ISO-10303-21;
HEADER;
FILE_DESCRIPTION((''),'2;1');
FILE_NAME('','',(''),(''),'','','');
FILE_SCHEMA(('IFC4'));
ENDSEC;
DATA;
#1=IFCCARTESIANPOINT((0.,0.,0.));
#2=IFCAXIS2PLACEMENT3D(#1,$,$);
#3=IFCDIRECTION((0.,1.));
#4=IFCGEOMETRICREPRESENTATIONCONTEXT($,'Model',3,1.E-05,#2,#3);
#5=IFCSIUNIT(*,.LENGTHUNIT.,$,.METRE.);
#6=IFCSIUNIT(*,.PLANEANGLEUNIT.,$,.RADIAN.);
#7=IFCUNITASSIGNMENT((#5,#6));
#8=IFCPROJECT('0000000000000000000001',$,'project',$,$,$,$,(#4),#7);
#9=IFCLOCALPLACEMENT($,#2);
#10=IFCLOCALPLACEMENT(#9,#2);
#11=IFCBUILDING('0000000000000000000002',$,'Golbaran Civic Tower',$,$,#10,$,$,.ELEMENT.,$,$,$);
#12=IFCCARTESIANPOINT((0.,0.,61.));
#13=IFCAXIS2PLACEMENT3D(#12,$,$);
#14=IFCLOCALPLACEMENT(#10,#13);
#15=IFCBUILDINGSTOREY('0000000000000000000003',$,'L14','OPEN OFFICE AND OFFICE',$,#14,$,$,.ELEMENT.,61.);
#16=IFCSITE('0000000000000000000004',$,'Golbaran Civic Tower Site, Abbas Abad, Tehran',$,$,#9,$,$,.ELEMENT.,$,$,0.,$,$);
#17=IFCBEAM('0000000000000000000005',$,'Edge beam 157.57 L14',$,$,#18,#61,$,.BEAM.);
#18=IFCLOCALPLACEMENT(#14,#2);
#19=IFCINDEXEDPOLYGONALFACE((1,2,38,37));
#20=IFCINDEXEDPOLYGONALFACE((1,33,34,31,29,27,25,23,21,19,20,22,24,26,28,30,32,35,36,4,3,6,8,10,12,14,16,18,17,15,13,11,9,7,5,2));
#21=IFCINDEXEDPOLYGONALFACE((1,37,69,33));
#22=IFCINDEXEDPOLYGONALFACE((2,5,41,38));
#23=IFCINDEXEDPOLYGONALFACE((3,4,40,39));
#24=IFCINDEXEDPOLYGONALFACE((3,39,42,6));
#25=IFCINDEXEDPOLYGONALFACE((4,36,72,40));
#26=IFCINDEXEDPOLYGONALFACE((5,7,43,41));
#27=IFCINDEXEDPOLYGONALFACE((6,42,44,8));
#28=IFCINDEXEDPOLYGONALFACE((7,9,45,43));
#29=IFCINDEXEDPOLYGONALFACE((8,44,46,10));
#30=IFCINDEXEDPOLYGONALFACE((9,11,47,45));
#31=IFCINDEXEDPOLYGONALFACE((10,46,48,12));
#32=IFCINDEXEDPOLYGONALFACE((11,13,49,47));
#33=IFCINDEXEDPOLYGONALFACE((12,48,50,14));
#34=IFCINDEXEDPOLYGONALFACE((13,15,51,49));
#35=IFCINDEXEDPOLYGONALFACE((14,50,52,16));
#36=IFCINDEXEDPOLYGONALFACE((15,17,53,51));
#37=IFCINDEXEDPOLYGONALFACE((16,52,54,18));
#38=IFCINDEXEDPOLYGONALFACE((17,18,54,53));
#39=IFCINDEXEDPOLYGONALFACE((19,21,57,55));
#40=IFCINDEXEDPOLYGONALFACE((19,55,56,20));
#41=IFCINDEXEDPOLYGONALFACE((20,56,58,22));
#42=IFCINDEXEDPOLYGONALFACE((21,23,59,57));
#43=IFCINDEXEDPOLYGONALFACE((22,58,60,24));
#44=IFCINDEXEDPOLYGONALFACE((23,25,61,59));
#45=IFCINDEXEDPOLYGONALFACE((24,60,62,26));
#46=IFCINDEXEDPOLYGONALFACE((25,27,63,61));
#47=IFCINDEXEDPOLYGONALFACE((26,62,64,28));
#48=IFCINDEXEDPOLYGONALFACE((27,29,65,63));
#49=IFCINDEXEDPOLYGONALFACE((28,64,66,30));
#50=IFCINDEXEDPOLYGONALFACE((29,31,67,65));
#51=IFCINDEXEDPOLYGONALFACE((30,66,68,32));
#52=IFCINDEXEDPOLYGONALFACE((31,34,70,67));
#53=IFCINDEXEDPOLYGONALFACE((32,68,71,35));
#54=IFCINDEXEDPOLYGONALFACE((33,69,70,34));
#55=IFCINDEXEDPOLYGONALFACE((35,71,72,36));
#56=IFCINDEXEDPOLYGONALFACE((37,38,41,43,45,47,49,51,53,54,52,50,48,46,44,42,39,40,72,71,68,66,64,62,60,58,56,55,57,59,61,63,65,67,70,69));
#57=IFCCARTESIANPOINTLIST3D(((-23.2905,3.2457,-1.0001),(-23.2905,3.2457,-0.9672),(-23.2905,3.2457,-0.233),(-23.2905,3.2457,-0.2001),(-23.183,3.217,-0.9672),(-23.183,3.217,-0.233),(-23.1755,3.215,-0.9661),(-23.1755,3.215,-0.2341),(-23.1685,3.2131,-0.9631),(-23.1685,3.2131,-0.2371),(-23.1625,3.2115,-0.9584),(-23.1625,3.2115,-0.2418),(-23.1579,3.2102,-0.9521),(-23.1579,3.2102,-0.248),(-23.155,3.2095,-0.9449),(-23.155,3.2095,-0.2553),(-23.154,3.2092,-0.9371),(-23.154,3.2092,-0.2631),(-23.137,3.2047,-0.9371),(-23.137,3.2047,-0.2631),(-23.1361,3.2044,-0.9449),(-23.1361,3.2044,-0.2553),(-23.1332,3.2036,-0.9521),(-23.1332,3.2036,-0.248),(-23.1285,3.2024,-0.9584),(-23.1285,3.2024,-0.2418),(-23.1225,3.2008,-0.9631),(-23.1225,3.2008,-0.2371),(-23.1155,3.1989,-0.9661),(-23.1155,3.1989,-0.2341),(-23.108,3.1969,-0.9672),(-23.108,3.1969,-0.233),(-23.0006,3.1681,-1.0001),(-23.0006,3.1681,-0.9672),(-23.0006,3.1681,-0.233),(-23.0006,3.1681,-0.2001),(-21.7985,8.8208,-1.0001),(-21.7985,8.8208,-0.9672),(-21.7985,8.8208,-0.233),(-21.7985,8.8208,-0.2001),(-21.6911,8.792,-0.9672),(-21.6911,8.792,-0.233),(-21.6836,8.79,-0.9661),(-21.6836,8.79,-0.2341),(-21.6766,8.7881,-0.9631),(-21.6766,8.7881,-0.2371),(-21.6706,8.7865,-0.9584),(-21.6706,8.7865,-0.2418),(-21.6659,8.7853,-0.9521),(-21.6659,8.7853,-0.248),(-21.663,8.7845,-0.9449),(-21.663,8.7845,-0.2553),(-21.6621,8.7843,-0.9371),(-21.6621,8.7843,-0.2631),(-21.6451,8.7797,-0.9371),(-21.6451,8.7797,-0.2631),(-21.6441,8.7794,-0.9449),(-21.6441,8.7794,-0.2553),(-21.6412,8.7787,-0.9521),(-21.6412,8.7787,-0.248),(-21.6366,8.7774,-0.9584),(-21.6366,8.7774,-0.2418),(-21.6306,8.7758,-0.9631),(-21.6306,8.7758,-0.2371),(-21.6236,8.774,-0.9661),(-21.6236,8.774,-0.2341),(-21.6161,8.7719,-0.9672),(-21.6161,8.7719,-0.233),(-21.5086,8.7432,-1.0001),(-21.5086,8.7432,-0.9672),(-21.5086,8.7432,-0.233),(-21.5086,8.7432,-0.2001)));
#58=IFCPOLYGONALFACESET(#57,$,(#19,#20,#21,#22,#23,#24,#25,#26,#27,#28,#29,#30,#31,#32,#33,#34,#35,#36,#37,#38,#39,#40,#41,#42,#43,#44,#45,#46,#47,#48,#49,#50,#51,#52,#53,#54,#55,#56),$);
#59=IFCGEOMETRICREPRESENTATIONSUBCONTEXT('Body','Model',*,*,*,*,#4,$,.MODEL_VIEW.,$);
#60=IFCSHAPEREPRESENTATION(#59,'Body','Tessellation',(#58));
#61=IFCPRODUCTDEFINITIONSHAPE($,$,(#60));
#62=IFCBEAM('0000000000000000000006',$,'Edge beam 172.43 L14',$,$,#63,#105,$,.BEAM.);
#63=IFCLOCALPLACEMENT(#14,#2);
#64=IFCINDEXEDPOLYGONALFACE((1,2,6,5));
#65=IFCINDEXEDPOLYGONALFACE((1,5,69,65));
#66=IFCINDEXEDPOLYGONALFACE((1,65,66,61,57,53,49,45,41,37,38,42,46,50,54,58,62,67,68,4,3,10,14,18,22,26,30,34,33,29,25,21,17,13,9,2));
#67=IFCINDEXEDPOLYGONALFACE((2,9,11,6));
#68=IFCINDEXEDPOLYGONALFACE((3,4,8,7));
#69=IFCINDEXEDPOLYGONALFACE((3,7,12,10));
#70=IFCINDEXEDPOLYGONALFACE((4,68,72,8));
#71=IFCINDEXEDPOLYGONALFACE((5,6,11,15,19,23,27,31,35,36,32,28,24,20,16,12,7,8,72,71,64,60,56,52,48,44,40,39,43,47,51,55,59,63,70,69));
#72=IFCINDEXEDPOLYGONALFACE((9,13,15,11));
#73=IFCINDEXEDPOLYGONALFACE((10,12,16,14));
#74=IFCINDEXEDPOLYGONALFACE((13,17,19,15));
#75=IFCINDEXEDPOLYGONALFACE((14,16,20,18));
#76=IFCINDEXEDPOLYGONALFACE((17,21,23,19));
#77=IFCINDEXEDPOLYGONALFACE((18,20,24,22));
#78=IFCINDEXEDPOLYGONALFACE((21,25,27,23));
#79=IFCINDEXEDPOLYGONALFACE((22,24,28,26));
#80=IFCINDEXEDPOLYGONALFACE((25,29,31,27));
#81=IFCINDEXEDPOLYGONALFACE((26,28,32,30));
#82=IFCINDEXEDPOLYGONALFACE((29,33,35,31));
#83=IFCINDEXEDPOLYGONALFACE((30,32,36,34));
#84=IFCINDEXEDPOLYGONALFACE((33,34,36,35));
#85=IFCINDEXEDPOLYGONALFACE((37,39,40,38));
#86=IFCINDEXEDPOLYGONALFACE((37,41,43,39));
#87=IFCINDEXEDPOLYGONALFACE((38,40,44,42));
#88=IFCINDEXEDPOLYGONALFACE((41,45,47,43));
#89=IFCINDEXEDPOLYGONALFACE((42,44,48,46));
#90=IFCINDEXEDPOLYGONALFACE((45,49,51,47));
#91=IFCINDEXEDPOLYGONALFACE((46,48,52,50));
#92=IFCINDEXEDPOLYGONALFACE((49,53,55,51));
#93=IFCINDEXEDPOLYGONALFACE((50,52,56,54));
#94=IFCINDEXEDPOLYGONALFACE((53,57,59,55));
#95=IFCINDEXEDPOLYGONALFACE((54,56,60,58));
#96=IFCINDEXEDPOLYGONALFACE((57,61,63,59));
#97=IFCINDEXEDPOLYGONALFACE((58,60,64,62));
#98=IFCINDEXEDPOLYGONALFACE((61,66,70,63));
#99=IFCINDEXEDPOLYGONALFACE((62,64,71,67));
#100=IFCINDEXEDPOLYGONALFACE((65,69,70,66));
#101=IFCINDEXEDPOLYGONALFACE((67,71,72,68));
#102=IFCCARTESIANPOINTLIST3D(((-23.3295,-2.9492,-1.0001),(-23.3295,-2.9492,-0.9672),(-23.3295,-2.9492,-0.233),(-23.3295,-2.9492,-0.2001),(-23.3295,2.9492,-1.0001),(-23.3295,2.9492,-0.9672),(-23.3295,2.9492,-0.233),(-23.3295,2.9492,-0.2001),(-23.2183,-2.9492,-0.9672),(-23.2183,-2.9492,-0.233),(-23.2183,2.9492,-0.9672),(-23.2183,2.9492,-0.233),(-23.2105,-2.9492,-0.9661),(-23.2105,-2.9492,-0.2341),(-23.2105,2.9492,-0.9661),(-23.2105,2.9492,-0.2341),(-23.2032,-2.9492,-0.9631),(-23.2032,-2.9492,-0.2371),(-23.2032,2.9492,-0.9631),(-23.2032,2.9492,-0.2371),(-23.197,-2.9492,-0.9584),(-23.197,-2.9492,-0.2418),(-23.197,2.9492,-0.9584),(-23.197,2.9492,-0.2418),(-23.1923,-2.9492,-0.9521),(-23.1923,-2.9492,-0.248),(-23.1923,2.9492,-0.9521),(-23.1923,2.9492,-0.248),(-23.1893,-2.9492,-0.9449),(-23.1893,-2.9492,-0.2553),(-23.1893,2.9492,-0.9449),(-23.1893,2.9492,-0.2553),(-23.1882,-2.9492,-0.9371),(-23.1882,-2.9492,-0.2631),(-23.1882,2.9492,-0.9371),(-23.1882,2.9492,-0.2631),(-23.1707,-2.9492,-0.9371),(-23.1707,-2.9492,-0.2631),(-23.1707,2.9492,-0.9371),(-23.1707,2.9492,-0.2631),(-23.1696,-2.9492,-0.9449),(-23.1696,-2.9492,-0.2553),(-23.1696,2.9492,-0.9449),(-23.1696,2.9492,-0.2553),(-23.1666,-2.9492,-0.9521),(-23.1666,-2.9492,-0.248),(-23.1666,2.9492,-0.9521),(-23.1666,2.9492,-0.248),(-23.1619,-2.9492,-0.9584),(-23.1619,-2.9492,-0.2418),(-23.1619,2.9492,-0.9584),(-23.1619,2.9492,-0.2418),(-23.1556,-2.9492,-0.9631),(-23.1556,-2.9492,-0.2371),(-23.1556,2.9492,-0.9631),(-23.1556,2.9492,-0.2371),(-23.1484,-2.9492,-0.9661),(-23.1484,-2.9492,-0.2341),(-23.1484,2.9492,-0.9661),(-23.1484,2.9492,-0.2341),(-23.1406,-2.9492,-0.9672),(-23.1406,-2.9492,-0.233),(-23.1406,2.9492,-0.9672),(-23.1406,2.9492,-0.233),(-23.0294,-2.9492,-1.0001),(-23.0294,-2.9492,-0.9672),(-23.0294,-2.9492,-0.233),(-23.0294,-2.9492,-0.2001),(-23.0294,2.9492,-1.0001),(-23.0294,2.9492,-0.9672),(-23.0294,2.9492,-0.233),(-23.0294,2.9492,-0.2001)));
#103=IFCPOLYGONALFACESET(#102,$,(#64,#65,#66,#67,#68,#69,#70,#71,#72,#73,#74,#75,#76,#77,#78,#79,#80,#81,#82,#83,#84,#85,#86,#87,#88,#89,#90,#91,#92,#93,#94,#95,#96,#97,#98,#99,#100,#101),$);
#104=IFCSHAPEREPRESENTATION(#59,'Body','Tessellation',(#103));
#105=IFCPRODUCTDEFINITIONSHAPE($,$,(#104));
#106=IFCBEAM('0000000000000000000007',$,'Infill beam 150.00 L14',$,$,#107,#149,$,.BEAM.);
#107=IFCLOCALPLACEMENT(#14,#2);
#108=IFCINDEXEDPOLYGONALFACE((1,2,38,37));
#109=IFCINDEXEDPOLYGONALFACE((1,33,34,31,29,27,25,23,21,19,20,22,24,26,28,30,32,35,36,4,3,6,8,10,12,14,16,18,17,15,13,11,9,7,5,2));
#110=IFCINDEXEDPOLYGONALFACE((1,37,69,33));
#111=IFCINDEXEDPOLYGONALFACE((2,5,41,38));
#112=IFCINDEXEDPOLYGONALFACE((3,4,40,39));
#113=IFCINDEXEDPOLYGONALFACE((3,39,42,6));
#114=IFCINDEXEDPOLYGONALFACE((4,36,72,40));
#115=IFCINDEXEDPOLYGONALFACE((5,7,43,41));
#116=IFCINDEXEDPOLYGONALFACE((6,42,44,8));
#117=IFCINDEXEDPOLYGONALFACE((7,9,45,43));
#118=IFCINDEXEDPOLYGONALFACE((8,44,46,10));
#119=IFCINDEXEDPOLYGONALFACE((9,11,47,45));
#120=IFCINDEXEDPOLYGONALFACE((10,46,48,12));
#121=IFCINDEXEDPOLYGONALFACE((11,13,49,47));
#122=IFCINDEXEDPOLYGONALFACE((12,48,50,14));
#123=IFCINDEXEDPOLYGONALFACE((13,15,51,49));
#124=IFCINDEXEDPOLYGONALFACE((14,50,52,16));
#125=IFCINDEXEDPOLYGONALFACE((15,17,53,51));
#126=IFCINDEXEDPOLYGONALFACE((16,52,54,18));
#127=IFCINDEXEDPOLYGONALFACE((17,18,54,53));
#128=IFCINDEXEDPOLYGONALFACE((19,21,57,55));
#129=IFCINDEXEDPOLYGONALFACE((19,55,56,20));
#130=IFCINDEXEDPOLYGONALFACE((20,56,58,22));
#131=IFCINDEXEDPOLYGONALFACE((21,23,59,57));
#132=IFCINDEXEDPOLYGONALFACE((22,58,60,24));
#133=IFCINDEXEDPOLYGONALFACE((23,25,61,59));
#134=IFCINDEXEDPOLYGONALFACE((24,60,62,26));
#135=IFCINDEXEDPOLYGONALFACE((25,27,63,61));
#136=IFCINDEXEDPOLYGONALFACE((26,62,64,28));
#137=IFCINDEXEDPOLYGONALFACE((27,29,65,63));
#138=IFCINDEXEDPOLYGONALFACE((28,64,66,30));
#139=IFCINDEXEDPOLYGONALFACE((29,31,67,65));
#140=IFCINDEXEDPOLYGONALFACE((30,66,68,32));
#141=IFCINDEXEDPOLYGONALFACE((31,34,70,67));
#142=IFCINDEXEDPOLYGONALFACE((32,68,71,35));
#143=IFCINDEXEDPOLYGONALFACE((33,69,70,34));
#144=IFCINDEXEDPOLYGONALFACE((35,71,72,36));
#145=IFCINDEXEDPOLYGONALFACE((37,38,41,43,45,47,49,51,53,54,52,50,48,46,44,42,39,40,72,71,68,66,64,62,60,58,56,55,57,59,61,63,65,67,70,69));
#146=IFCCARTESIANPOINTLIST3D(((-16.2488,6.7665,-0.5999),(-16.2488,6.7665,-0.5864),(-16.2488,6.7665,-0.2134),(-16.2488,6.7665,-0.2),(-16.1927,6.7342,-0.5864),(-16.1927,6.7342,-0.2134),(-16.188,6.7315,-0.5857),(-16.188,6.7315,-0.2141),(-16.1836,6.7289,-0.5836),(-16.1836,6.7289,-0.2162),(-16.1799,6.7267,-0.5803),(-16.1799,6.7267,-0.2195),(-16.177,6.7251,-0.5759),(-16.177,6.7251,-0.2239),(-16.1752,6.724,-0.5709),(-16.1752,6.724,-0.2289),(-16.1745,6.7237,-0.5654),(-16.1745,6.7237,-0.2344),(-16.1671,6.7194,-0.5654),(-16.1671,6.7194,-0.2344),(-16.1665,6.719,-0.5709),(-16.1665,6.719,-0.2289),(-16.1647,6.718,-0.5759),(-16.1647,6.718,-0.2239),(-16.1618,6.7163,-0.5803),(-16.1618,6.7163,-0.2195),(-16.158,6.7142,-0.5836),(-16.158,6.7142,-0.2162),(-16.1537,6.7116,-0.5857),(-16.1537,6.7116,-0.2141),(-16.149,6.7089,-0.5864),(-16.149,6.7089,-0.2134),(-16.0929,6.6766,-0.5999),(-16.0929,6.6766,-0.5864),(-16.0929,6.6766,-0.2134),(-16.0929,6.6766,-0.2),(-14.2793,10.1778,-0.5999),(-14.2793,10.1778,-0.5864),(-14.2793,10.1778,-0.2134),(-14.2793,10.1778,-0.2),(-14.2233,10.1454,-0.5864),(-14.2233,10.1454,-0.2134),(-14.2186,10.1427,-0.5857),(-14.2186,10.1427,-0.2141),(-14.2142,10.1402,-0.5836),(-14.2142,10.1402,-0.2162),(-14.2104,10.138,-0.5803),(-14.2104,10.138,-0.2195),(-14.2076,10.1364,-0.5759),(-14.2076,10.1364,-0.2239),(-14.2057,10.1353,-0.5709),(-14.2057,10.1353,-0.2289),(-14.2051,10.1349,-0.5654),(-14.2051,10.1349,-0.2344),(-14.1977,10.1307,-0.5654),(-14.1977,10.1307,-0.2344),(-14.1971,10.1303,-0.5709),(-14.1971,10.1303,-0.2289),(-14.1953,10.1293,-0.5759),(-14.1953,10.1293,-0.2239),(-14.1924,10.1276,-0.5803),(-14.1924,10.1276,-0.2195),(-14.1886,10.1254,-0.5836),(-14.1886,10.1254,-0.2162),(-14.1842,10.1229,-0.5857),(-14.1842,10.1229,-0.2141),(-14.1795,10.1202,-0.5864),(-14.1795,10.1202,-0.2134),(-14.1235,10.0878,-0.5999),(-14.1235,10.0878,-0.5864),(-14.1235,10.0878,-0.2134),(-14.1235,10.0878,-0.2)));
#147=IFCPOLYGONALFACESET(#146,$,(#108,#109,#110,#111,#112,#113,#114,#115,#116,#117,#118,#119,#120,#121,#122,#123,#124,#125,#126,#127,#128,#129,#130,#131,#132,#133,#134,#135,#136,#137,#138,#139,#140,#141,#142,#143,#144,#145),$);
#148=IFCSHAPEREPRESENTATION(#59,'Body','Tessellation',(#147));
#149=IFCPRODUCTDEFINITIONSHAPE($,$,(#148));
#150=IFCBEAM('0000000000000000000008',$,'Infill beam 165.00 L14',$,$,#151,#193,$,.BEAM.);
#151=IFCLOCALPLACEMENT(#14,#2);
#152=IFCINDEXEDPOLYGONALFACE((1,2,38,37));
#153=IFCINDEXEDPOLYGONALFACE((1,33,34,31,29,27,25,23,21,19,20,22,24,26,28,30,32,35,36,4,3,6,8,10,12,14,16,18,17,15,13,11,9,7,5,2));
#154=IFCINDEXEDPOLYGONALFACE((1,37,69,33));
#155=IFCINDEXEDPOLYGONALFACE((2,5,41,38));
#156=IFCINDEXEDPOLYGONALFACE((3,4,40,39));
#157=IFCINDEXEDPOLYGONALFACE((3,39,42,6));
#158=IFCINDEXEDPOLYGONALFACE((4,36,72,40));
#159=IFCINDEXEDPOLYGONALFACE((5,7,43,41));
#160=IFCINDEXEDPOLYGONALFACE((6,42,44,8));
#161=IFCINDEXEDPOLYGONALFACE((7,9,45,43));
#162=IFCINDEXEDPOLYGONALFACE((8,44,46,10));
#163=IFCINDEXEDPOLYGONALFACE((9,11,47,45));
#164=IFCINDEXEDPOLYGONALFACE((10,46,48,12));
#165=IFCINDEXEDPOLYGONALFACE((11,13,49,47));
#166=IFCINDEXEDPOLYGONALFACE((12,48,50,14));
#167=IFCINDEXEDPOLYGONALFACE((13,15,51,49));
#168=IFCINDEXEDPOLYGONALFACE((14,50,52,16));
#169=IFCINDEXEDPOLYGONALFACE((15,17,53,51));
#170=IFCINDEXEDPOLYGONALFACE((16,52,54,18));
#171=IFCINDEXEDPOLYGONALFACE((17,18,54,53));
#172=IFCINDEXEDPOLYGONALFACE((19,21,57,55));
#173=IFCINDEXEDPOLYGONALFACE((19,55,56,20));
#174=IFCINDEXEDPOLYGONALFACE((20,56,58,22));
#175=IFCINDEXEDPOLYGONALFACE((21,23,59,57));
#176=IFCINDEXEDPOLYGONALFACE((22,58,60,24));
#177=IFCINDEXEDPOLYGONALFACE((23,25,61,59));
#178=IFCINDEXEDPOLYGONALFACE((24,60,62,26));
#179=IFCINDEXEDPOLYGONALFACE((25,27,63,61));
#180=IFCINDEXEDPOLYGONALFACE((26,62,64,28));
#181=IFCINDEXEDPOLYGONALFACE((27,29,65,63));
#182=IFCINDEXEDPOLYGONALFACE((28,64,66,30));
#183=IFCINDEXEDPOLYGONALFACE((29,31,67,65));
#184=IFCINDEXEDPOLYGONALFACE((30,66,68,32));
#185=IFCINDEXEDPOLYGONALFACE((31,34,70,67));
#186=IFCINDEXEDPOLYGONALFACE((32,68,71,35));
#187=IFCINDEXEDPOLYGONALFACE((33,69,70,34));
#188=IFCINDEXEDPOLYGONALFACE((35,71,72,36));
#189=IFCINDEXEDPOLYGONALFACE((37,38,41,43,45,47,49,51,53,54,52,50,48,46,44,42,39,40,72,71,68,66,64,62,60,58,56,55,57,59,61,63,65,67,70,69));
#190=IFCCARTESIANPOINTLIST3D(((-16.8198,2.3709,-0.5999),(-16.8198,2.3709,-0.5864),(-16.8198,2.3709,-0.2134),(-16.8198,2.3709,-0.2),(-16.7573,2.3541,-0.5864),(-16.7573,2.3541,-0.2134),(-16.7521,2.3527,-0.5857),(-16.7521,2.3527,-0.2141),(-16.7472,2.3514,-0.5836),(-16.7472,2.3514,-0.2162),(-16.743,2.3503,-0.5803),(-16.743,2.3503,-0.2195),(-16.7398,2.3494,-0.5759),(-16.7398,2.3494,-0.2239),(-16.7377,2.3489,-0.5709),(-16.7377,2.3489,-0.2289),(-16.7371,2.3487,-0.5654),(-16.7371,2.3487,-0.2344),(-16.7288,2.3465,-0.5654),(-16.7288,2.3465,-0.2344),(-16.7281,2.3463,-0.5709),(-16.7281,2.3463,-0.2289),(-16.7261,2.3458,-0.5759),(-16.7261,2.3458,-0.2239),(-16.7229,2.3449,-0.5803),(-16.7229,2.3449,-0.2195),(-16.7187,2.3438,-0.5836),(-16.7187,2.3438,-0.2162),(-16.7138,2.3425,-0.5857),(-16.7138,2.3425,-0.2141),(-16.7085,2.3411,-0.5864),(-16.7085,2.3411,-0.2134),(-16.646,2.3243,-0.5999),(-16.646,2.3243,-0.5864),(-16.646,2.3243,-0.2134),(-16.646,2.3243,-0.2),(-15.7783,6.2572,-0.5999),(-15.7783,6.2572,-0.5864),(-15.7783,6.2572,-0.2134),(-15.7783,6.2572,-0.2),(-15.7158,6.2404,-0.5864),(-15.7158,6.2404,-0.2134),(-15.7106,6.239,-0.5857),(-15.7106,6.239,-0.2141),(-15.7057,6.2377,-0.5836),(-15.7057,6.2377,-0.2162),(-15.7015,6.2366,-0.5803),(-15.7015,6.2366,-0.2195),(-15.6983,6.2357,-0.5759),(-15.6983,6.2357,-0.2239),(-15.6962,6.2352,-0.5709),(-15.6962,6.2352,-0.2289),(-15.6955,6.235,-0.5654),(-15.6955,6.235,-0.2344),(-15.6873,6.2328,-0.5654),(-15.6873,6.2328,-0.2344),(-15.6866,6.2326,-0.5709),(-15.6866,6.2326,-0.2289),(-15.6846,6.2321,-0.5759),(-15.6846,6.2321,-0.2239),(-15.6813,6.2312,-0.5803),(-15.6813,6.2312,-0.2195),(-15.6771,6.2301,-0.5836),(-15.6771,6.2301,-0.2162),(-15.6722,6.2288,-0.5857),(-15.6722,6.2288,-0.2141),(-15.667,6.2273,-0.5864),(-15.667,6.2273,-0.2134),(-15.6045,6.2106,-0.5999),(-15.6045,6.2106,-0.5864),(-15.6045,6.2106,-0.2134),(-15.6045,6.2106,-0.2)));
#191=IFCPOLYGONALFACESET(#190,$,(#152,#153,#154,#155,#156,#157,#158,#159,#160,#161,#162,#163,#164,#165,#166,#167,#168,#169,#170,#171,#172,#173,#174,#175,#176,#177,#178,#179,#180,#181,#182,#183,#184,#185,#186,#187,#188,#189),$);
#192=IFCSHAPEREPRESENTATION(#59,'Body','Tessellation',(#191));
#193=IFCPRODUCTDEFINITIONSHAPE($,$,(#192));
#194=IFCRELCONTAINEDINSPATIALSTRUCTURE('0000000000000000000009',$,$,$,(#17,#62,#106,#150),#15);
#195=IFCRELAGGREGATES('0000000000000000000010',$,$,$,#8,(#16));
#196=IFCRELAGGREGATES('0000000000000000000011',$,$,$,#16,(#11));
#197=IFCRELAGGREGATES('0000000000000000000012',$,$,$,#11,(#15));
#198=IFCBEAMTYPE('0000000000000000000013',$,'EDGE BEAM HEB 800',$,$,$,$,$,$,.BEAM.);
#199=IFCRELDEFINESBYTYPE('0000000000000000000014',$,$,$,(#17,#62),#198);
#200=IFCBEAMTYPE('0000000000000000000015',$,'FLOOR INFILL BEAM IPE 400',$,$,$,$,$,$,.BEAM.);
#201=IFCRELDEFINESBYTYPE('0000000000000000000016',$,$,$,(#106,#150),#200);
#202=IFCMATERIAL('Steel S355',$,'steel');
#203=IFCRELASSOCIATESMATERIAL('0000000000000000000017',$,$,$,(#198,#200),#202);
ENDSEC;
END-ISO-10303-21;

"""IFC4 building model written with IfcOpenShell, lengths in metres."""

from ifc_helpers import new_model, si_unit, direction, frame, origin, origin_2d, place, context, subcontext, project, spatial, i_section, extrude, material, material_profile, profile_set, type_object, element, save


model = new_model("IFC4")

# Units and contexts
model_context = context("Model", 3, precision=1e-05, world=origin(), true_north=direction((0.0, 1.0)))
body_context = subcontext(model_context, "Body", "Model", "MODEL_VIEW")
ifc_project = project(units=[si_unit("LENGTHUNIT", "METRE"), si_unit("PLANEANGLEUNIT", "RADIAN")], contexts=[model_context])

# Site, building, storey
site_placement = place(None, origin())
site = spatial("IfcSite", under=ifc_project, at=site_placement, Name="Golbaran Civic Tower Site, Abbas Abad, Tehran", CompositionType="ELEMENT", RefElevation=0.0)
building_placement = place(site_placement, origin())
building = spatial("IfcBuilding", under=site, at=building_placement, Name="Golbaran Civic Tower", CompositionType="ELEMENT")
storey_placement = place(building_placement, frame((0.0, 0.0, 61.0)))
storey = spatial("IfcBuildingStorey", under=building, at=storey_placement, Name="L14", Description="OPEN OFFICE AND OFFICE", CompositionType="ELEMENT", Elevation=61.0)

# Beams
ifc_material_1 = material(Name="Steel S355", Category="steel")
ifc_material_profile_1 = material_profile(ifc_material_1, i_section(OverallWidth=0.3, OverallDepth=0.8, WebThickness=0.0176, FlangeThickness=0.033, FilletRadius=0.03, at=origin_2d()), Name="HEB 800")
ifc_profile_set_1 = profile_set([ifc_material_profile_1], Name="Steel S355")
beam_type_1 = type_object("IfcBeamType", Name="EDGE BEAM HEB 800", PredefinedType="BEAM", material=ifc_profile_set_1)
beam_1_placement = place(storey_placement, frame((-21.6536, 8.782, -0.6001), z_axis=(-0.258518, -0.966006, 0.0), x_axis=(0.966006, -0.258518, 0.0)))
element("IfcBeam", 1, at=beam_1_placement, inside=storey, type_object=beam_type_1, Name="Edge beam 157.57 L14", PredefinedType="BEAM", context=body_context, shape_type="SweptSolid", body=[
    extrude(i_section(OverallWidth=0.3, OverallDepth=0.8, WebThickness=0.0176, FlangeThickness=0.033, FilletRadius=0.03, at=origin_2d()), origin(), (0.0, 0.0, 1.0), 5.7712),
])
beam_2_placement = place(storey_placement, frame((-23.1794, 2.9492, -0.6001), z_axis=(0.0, -1.0, 0.0), x_axis=(1.0, 0.0, 0.0)))
element("IfcBeam", 2, at=beam_2_placement, inside=storey, type_object=beam_type_1, Name="Edge beam 172.43 L14", PredefinedType="BEAM", context=body_context, shape_type="SweptSolid", body=[
    extrude(i_section(OverallWidth=0.3, OverallDepth=0.8, WebThickness=0.0176, FlangeThickness=0.033, FilletRadius=0.03, at=origin_2d()), origin(), (0.0, 0.0, 1.0), 5.8984),
])
ifc_material_profile_2 = material_profile(ifc_material_1, i_section(OverallWidth=0.1799, OverallDepth=0.3999, WebThickness=0.0085, FlangeThickness=0.0134, FilletRadius=0.021, at=origin_2d()), Name="IPE 400")
ifc_profile_set_2 = profile_set([ifc_material_profile_2], Name="Steel S355")
beam_type_2 = type_object("IfcBeamType", Name="FLOOR INFILL BEAM IPE 400", PredefinedType="BEAM", material=ifc_profile_set_2)
beam_3_placement = place(storey_placement, frame((-14.2014, 10.1328, -0.3999), z_axis=(-0.499985, -0.866034, 0.0), x_axis=(0.866034, -0.499985, 0.0)))
element("IfcBeam", 3, at=beam_3_placement, inside=storey, type_object=beam_type_2, Name="Infill beam 150.00 L14", PredefinedType="BEAM", context=body_context, shape_type="SweptSolid", body=[
    extrude(i_section(OverallWidth=0.1799, OverallDepth=0.3999, WebThickness=0.0085, FlangeThickness=0.0134, FilletRadius=0.021, at=origin_2d()), origin(), (0.0, 0.0, 1.0), 3.939),
])
beam_4_placement = place(storey_placement, frame((-15.6914, 6.2339, -0.3999), z_axis=(-0.258863, -0.965914, 0.0), x_axis=(0.965914, -0.258863, 0.0)))
element("IfcBeam", 4, at=beam_4_placement, inside=storey, type_object=beam_type_2, Name="Infill beam 165.00 L14", PredefinedType="BEAM", context=body_context, shape_type="SweptSolid", body=[
    extrude(i_section(OverallWidth=0.1799, OverallDepth=0.3999, WebThickness=0.0085, FlangeThickness=0.0134, FilletRadius=0.021, at=origin_2d()), origin(), (0.0, 0.0, 1.0), 4.0234),
])

save(model, "model.ifc")
